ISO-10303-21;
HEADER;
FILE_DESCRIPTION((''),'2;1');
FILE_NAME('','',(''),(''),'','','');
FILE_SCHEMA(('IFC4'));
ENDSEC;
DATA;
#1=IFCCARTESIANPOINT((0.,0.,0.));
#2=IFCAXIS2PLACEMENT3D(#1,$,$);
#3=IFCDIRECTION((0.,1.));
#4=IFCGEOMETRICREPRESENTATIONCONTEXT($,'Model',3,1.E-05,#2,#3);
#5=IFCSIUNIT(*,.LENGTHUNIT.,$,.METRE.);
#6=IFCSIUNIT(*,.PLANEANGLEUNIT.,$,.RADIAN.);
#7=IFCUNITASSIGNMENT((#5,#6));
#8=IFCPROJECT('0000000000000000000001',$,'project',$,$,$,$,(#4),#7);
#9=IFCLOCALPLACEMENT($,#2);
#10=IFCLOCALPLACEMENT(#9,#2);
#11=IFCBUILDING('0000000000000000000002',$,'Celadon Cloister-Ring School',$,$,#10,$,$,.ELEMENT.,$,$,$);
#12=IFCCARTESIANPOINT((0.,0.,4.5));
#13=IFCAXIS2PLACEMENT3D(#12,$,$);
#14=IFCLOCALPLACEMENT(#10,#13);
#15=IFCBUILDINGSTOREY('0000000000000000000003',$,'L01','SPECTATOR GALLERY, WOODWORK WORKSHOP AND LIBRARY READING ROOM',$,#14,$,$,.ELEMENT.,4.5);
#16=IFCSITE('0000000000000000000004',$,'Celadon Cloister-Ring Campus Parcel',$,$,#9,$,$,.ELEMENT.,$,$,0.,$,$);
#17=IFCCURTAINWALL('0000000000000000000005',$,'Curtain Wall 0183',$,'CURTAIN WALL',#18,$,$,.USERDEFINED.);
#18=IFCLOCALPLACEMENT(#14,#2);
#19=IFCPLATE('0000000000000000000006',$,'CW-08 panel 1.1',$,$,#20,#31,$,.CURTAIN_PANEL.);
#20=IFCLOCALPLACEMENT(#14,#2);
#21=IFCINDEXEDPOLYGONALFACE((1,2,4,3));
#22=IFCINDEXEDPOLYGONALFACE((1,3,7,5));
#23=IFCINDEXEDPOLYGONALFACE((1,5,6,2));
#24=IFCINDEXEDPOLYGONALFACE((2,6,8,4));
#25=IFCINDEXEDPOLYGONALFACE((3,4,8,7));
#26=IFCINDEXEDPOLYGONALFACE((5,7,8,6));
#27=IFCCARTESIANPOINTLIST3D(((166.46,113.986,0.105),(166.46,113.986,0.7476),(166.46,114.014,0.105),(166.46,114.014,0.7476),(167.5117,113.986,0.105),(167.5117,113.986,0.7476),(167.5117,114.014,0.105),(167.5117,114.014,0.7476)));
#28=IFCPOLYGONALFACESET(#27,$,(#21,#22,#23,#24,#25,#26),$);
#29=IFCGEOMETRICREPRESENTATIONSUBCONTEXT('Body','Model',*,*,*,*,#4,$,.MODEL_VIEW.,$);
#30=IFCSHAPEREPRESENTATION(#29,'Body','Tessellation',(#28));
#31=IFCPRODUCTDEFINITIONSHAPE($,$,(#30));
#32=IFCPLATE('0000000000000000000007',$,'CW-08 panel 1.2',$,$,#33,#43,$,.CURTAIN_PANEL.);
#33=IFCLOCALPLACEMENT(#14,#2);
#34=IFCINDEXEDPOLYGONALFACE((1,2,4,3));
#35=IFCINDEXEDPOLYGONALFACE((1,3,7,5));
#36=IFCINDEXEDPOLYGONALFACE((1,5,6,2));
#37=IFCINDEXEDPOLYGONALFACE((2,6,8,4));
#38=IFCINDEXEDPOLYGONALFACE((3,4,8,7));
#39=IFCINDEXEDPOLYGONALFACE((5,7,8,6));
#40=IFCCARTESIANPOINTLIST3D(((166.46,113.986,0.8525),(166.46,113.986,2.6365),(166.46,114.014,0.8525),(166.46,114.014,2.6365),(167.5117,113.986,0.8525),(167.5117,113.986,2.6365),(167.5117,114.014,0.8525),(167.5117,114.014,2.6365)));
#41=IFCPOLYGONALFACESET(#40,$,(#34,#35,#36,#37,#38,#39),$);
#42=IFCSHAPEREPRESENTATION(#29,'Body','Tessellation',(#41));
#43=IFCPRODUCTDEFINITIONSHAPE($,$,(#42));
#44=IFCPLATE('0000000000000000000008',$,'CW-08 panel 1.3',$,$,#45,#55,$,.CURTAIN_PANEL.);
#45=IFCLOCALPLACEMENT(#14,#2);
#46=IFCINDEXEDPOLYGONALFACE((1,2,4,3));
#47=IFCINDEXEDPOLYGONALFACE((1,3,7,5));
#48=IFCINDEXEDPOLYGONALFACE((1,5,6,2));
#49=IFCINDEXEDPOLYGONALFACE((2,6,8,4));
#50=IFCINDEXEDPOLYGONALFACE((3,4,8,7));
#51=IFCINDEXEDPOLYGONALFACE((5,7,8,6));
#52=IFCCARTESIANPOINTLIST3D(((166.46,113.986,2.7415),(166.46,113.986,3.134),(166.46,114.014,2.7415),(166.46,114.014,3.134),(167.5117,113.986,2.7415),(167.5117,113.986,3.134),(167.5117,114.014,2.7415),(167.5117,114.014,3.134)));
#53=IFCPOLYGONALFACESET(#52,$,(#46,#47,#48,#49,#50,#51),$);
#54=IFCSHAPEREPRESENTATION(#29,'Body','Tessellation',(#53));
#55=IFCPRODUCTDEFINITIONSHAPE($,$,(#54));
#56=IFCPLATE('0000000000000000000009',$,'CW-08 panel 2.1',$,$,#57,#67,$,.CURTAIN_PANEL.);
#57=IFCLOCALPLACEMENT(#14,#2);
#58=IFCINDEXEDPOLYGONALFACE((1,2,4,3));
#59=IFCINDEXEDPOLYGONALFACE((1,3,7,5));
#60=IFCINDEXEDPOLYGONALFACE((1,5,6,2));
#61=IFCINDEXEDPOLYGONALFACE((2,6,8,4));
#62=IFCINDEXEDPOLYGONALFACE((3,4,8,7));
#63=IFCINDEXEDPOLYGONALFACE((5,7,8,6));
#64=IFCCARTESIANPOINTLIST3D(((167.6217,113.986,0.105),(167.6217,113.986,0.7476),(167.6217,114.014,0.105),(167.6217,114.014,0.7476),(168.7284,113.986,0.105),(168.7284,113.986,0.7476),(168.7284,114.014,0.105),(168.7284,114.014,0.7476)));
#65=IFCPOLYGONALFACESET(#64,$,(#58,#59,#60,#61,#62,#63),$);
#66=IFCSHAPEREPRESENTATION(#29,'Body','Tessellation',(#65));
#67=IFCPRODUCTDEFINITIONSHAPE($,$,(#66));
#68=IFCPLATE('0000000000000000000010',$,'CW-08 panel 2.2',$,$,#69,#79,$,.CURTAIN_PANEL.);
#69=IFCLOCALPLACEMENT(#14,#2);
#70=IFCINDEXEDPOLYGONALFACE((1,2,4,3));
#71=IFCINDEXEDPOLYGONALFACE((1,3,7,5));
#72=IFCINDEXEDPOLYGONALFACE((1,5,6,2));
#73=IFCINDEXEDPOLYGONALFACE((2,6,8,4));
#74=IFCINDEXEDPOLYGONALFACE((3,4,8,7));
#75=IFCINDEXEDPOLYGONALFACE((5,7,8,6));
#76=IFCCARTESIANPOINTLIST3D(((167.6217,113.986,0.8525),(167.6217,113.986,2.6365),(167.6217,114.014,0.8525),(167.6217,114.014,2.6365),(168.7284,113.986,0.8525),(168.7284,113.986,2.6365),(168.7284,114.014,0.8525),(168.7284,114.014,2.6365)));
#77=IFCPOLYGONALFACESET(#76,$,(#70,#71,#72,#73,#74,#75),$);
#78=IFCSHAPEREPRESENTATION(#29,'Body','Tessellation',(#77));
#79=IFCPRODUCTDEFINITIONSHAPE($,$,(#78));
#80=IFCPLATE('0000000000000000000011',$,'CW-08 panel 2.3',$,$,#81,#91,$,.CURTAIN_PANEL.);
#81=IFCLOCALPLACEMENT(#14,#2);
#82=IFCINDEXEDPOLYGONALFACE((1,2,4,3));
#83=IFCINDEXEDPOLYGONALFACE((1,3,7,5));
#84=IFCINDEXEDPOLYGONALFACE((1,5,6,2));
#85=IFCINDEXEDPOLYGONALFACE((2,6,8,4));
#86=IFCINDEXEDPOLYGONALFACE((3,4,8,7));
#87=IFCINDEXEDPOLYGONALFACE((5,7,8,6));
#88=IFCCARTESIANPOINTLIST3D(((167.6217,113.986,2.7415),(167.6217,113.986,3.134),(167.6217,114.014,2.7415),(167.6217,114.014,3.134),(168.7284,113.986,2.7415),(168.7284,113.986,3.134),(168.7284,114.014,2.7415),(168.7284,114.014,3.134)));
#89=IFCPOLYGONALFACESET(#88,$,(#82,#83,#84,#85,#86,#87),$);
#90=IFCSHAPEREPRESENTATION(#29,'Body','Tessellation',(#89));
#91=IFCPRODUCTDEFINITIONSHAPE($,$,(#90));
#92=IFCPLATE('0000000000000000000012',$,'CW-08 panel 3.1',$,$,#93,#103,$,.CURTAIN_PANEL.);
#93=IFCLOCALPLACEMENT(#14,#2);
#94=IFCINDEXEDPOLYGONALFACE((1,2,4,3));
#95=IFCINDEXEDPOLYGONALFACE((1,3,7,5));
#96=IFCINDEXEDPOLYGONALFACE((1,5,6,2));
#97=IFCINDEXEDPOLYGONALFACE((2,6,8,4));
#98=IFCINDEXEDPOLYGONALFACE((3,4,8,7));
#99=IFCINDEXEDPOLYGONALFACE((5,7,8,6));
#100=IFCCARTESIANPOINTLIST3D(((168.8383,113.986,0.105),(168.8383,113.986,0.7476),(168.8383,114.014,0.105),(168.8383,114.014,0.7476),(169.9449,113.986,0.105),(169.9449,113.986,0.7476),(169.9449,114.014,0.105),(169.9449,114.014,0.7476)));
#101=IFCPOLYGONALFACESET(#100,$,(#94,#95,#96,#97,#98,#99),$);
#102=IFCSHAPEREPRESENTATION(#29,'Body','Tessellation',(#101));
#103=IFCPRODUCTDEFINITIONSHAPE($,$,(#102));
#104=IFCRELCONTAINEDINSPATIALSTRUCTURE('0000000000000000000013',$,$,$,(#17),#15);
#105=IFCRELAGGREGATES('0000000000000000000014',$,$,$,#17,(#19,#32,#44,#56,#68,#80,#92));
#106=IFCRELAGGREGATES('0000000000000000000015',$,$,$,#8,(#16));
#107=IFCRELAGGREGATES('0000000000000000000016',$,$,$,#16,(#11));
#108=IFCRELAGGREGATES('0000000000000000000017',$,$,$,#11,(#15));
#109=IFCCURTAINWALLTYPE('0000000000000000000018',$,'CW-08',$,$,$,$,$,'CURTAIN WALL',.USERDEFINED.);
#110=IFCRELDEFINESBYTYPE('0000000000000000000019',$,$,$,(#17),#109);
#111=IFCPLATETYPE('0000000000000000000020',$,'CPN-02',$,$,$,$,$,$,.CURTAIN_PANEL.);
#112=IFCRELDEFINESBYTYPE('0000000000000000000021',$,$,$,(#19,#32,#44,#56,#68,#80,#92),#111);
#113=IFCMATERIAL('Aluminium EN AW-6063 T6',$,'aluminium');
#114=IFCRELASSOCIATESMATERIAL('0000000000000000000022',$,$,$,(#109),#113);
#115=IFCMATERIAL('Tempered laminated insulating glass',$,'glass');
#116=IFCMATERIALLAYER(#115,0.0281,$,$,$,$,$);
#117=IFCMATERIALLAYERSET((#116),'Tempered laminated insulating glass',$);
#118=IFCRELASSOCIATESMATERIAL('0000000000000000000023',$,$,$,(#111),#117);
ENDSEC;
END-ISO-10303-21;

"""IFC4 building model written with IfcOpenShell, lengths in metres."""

from ifc_helpers import new_model, si_unit, direction, frame, origin, origin_2d, place, context, subcontext, project, spatial, rectangle, extrude, material, layer, layer_set, type_object, element, aggregate, save


model = new_model("IFC4")

# Units and contexts
model_context = context("Model", 3, precision=1e-05, world=origin(), true_north=direction((0.0, 1.0)))
body_context = subcontext(model_context, "Body", "Model", "MODEL_VIEW")
ifc_project = project(units=[si_unit("LENGTHUNIT", "METRE"), si_unit("PLANEANGLEUNIT", "RADIAN")], contexts=[model_context])

# Site, building, storey
site_placement = place(None, origin())
site = spatial("IfcSite", under=ifc_project, at=site_placement, Name="Celadon Cloister-Ring Campus Parcel", CompositionType="ELEMENT", RefElevation=0.0)
building_placement = place(site_placement, origin())
building = spatial("IfcBuilding", under=site, at=building_placement, Name="Celadon Cloister-Ring School", CompositionType="ELEMENT")
storey_placement = place(building_placement, frame((0.0, 0.0, 4.5)))
storey = spatial("IfcBuildingStorey", under=building, at=storey_placement, Name="L01", Description="SPECTATOR GALLERY, WOODWORK WORKSHOP AND LIBRARY READING ROOM", CompositionType="ELEMENT", Elevation=4.5)

# Shared definitions
ifc_material_1 = material(Name="Aluminium EN AW-6063 T6", Category="aluminium")
curtain_wall_type = type_object("IfcCurtainWallType", Name="CW-08", ElementType="CURTAIN WALL", PredefinedType="USERDEFINED", material=ifc_material_1)

# Curtain wall
curtain_wall_1_placement = place(storey_placement, origin())
curtain_wall_1 = element("IfcCurtainWall", 1, at=curtain_wall_1_placement, inside=storey, type_object=curtain_wall_type, Name="Curtain Wall 0183", ObjectType="CURTAIN WALL", PredefinedType="USERDEFINED")

# Plates
ifc_material_2 = material(Name="Tempered laminated insulating glass", Category="glass")
ifc_layer = layer(ifc_material_2, 0.0281)
ifc_layer_set = layer_set([ifc_layer], Name="Tempered laminated insulating glass")
plate_type = type_object("IfcPlateType", Name="CPN-02", PredefinedType="CURTAIN_PANEL", material=ifc_layer_set)
plate_1_placement = place(storey_placement, frame((166.9858, 114.0, 0.105), z_axis=(0.0, 0.0, 1.0), x_axis=(1.0, 0.0, 0.0)))
plate_1 = element("IfcPlate", 2, at=plate_1_placement, type_object=plate_type, Name="CW-08 panel 1.1", PredefinedType="CURTAIN_PANEL", context=body_context, shape_type="SweptSolid", body=[
    extrude(rectangle(XDim=1.0518, YDim=0.0281, at=origin_2d()), origin(), (0.0, 0.0, 1.0), 0.6426),
])
plate_2_placement = place(storey_placement, frame((166.9858, 114.0, 0.8525), z_axis=(0.0, 0.0, 1.0), x_axis=(1.0, 0.0, 0.0)))
plate_2 = element("IfcPlate", 3, at=plate_2_placement, type_object=plate_type, Name="CW-08 panel 1.2", PredefinedType="CURTAIN_PANEL", context=body_context, shape_type="SweptSolid", body=[
    extrude(rectangle(XDim=1.0518, YDim=0.0281, at=origin_2d()), origin(), (0.0, 0.0, 1.0), 1.7839),
])
plate_3_placement = place(storey_placement, frame((166.9858, 114.0, 2.7415), z_axis=(0.0, 0.0, 1.0), x_axis=(1.0, 0.0, 0.0)))
plate_3 = element("IfcPlate", 4, at=plate_3_placement, type_object=plate_type, Name="CW-08 panel 1.3", PredefinedType="CURTAIN_PANEL", context=body_context, shape_type="SweptSolid", body=[
    extrude(rectangle(XDim=1.0518, YDim=0.0281, at=origin_2d()), origin(), (0.0, 0.0, 1.0), 0.3926),
])
plate_4_placement = place(storey_placement, frame((168.175, 114.0, 0.105), z_axis=(0.0, 0.0, 1.0), x_axis=(1.0, 0.0, 0.0)))
plate_4 = element("IfcPlate", 5, at=plate_4_placement, type_object=plate_type, Name="CW-08 panel 2.1", PredefinedType="CURTAIN_PANEL", context=body_context, shape_type="SweptSolid", body=[
    extrude(rectangle(XDim=1.1067, YDim=0.0281, at=origin_2d()), origin(), (0.0, 0.0, 1.0), 0.6426),
])
plate_5_placement = place(storey_placement, frame((168.175, 114.0, 0.8525), z_axis=(0.0, 0.0, 1.0), x_axis=(1.0, 0.0, 0.0)))
plate_5 = element("IfcPlate", 6, at=plate_5_placement, type_object=plate_type, Name="CW-08 panel 2.2", PredefinedType="CURTAIN_PANEL", context=body_context, shape_type="SweptSolid", body=[
    extrude(rectangle(XDim=1.1067, YDim=0.0281, at=origin_2d()), origin(), (0.0, 0.0, 1.0), 1.7839),
])
plate_6_placement = place(storey_placement, frame((168.175, 114.0, 2.7415), z_axis=(0.0, 0.0, 1.0), x_axis=(1.0, 0.0, 0.0)))
plate_6 = element("IfcPlate", 7, at=plate_6_placement, type_object=plate_type, Name="CW-08 panel 2.3", PredefinedType="CURTAIN_PANEL", context=body_context, shape_type="SweptSolid", body=[
    extrude(rectangle(XDim=1.1067, YDim=0.0281, at=origin_2d()), origin(), (0.0, 0.0, 1.0), 0.3926),
])
plate_7_placement = place(storey_placement, frame((169.3916, 114.0, 0.105), z_axis=(0.0, 0.0, 1.0), x_axis=(1.0, 0.0, 0.0)))
plate_7 = element("IfcPlate", 8, at=plate_7_placement, type_object=plate_type, Name="CW-08 panel 3.1", PredefinedType="CURTAIN_PANEL", context=body_context, shape_type="SweptSolid", body=[
    extrude(rectangle(XDim=1.1067, YDim=0.0281, at=origin_2d()), origin(), (0.0, 0.0, 1.0), 0.6426),
])
aggregate(curtain_wall_1, [plate_1, plate_2, plate_3, plate_4, plate_5, plate_6, plate_7])

save(model, "model.ifc")
